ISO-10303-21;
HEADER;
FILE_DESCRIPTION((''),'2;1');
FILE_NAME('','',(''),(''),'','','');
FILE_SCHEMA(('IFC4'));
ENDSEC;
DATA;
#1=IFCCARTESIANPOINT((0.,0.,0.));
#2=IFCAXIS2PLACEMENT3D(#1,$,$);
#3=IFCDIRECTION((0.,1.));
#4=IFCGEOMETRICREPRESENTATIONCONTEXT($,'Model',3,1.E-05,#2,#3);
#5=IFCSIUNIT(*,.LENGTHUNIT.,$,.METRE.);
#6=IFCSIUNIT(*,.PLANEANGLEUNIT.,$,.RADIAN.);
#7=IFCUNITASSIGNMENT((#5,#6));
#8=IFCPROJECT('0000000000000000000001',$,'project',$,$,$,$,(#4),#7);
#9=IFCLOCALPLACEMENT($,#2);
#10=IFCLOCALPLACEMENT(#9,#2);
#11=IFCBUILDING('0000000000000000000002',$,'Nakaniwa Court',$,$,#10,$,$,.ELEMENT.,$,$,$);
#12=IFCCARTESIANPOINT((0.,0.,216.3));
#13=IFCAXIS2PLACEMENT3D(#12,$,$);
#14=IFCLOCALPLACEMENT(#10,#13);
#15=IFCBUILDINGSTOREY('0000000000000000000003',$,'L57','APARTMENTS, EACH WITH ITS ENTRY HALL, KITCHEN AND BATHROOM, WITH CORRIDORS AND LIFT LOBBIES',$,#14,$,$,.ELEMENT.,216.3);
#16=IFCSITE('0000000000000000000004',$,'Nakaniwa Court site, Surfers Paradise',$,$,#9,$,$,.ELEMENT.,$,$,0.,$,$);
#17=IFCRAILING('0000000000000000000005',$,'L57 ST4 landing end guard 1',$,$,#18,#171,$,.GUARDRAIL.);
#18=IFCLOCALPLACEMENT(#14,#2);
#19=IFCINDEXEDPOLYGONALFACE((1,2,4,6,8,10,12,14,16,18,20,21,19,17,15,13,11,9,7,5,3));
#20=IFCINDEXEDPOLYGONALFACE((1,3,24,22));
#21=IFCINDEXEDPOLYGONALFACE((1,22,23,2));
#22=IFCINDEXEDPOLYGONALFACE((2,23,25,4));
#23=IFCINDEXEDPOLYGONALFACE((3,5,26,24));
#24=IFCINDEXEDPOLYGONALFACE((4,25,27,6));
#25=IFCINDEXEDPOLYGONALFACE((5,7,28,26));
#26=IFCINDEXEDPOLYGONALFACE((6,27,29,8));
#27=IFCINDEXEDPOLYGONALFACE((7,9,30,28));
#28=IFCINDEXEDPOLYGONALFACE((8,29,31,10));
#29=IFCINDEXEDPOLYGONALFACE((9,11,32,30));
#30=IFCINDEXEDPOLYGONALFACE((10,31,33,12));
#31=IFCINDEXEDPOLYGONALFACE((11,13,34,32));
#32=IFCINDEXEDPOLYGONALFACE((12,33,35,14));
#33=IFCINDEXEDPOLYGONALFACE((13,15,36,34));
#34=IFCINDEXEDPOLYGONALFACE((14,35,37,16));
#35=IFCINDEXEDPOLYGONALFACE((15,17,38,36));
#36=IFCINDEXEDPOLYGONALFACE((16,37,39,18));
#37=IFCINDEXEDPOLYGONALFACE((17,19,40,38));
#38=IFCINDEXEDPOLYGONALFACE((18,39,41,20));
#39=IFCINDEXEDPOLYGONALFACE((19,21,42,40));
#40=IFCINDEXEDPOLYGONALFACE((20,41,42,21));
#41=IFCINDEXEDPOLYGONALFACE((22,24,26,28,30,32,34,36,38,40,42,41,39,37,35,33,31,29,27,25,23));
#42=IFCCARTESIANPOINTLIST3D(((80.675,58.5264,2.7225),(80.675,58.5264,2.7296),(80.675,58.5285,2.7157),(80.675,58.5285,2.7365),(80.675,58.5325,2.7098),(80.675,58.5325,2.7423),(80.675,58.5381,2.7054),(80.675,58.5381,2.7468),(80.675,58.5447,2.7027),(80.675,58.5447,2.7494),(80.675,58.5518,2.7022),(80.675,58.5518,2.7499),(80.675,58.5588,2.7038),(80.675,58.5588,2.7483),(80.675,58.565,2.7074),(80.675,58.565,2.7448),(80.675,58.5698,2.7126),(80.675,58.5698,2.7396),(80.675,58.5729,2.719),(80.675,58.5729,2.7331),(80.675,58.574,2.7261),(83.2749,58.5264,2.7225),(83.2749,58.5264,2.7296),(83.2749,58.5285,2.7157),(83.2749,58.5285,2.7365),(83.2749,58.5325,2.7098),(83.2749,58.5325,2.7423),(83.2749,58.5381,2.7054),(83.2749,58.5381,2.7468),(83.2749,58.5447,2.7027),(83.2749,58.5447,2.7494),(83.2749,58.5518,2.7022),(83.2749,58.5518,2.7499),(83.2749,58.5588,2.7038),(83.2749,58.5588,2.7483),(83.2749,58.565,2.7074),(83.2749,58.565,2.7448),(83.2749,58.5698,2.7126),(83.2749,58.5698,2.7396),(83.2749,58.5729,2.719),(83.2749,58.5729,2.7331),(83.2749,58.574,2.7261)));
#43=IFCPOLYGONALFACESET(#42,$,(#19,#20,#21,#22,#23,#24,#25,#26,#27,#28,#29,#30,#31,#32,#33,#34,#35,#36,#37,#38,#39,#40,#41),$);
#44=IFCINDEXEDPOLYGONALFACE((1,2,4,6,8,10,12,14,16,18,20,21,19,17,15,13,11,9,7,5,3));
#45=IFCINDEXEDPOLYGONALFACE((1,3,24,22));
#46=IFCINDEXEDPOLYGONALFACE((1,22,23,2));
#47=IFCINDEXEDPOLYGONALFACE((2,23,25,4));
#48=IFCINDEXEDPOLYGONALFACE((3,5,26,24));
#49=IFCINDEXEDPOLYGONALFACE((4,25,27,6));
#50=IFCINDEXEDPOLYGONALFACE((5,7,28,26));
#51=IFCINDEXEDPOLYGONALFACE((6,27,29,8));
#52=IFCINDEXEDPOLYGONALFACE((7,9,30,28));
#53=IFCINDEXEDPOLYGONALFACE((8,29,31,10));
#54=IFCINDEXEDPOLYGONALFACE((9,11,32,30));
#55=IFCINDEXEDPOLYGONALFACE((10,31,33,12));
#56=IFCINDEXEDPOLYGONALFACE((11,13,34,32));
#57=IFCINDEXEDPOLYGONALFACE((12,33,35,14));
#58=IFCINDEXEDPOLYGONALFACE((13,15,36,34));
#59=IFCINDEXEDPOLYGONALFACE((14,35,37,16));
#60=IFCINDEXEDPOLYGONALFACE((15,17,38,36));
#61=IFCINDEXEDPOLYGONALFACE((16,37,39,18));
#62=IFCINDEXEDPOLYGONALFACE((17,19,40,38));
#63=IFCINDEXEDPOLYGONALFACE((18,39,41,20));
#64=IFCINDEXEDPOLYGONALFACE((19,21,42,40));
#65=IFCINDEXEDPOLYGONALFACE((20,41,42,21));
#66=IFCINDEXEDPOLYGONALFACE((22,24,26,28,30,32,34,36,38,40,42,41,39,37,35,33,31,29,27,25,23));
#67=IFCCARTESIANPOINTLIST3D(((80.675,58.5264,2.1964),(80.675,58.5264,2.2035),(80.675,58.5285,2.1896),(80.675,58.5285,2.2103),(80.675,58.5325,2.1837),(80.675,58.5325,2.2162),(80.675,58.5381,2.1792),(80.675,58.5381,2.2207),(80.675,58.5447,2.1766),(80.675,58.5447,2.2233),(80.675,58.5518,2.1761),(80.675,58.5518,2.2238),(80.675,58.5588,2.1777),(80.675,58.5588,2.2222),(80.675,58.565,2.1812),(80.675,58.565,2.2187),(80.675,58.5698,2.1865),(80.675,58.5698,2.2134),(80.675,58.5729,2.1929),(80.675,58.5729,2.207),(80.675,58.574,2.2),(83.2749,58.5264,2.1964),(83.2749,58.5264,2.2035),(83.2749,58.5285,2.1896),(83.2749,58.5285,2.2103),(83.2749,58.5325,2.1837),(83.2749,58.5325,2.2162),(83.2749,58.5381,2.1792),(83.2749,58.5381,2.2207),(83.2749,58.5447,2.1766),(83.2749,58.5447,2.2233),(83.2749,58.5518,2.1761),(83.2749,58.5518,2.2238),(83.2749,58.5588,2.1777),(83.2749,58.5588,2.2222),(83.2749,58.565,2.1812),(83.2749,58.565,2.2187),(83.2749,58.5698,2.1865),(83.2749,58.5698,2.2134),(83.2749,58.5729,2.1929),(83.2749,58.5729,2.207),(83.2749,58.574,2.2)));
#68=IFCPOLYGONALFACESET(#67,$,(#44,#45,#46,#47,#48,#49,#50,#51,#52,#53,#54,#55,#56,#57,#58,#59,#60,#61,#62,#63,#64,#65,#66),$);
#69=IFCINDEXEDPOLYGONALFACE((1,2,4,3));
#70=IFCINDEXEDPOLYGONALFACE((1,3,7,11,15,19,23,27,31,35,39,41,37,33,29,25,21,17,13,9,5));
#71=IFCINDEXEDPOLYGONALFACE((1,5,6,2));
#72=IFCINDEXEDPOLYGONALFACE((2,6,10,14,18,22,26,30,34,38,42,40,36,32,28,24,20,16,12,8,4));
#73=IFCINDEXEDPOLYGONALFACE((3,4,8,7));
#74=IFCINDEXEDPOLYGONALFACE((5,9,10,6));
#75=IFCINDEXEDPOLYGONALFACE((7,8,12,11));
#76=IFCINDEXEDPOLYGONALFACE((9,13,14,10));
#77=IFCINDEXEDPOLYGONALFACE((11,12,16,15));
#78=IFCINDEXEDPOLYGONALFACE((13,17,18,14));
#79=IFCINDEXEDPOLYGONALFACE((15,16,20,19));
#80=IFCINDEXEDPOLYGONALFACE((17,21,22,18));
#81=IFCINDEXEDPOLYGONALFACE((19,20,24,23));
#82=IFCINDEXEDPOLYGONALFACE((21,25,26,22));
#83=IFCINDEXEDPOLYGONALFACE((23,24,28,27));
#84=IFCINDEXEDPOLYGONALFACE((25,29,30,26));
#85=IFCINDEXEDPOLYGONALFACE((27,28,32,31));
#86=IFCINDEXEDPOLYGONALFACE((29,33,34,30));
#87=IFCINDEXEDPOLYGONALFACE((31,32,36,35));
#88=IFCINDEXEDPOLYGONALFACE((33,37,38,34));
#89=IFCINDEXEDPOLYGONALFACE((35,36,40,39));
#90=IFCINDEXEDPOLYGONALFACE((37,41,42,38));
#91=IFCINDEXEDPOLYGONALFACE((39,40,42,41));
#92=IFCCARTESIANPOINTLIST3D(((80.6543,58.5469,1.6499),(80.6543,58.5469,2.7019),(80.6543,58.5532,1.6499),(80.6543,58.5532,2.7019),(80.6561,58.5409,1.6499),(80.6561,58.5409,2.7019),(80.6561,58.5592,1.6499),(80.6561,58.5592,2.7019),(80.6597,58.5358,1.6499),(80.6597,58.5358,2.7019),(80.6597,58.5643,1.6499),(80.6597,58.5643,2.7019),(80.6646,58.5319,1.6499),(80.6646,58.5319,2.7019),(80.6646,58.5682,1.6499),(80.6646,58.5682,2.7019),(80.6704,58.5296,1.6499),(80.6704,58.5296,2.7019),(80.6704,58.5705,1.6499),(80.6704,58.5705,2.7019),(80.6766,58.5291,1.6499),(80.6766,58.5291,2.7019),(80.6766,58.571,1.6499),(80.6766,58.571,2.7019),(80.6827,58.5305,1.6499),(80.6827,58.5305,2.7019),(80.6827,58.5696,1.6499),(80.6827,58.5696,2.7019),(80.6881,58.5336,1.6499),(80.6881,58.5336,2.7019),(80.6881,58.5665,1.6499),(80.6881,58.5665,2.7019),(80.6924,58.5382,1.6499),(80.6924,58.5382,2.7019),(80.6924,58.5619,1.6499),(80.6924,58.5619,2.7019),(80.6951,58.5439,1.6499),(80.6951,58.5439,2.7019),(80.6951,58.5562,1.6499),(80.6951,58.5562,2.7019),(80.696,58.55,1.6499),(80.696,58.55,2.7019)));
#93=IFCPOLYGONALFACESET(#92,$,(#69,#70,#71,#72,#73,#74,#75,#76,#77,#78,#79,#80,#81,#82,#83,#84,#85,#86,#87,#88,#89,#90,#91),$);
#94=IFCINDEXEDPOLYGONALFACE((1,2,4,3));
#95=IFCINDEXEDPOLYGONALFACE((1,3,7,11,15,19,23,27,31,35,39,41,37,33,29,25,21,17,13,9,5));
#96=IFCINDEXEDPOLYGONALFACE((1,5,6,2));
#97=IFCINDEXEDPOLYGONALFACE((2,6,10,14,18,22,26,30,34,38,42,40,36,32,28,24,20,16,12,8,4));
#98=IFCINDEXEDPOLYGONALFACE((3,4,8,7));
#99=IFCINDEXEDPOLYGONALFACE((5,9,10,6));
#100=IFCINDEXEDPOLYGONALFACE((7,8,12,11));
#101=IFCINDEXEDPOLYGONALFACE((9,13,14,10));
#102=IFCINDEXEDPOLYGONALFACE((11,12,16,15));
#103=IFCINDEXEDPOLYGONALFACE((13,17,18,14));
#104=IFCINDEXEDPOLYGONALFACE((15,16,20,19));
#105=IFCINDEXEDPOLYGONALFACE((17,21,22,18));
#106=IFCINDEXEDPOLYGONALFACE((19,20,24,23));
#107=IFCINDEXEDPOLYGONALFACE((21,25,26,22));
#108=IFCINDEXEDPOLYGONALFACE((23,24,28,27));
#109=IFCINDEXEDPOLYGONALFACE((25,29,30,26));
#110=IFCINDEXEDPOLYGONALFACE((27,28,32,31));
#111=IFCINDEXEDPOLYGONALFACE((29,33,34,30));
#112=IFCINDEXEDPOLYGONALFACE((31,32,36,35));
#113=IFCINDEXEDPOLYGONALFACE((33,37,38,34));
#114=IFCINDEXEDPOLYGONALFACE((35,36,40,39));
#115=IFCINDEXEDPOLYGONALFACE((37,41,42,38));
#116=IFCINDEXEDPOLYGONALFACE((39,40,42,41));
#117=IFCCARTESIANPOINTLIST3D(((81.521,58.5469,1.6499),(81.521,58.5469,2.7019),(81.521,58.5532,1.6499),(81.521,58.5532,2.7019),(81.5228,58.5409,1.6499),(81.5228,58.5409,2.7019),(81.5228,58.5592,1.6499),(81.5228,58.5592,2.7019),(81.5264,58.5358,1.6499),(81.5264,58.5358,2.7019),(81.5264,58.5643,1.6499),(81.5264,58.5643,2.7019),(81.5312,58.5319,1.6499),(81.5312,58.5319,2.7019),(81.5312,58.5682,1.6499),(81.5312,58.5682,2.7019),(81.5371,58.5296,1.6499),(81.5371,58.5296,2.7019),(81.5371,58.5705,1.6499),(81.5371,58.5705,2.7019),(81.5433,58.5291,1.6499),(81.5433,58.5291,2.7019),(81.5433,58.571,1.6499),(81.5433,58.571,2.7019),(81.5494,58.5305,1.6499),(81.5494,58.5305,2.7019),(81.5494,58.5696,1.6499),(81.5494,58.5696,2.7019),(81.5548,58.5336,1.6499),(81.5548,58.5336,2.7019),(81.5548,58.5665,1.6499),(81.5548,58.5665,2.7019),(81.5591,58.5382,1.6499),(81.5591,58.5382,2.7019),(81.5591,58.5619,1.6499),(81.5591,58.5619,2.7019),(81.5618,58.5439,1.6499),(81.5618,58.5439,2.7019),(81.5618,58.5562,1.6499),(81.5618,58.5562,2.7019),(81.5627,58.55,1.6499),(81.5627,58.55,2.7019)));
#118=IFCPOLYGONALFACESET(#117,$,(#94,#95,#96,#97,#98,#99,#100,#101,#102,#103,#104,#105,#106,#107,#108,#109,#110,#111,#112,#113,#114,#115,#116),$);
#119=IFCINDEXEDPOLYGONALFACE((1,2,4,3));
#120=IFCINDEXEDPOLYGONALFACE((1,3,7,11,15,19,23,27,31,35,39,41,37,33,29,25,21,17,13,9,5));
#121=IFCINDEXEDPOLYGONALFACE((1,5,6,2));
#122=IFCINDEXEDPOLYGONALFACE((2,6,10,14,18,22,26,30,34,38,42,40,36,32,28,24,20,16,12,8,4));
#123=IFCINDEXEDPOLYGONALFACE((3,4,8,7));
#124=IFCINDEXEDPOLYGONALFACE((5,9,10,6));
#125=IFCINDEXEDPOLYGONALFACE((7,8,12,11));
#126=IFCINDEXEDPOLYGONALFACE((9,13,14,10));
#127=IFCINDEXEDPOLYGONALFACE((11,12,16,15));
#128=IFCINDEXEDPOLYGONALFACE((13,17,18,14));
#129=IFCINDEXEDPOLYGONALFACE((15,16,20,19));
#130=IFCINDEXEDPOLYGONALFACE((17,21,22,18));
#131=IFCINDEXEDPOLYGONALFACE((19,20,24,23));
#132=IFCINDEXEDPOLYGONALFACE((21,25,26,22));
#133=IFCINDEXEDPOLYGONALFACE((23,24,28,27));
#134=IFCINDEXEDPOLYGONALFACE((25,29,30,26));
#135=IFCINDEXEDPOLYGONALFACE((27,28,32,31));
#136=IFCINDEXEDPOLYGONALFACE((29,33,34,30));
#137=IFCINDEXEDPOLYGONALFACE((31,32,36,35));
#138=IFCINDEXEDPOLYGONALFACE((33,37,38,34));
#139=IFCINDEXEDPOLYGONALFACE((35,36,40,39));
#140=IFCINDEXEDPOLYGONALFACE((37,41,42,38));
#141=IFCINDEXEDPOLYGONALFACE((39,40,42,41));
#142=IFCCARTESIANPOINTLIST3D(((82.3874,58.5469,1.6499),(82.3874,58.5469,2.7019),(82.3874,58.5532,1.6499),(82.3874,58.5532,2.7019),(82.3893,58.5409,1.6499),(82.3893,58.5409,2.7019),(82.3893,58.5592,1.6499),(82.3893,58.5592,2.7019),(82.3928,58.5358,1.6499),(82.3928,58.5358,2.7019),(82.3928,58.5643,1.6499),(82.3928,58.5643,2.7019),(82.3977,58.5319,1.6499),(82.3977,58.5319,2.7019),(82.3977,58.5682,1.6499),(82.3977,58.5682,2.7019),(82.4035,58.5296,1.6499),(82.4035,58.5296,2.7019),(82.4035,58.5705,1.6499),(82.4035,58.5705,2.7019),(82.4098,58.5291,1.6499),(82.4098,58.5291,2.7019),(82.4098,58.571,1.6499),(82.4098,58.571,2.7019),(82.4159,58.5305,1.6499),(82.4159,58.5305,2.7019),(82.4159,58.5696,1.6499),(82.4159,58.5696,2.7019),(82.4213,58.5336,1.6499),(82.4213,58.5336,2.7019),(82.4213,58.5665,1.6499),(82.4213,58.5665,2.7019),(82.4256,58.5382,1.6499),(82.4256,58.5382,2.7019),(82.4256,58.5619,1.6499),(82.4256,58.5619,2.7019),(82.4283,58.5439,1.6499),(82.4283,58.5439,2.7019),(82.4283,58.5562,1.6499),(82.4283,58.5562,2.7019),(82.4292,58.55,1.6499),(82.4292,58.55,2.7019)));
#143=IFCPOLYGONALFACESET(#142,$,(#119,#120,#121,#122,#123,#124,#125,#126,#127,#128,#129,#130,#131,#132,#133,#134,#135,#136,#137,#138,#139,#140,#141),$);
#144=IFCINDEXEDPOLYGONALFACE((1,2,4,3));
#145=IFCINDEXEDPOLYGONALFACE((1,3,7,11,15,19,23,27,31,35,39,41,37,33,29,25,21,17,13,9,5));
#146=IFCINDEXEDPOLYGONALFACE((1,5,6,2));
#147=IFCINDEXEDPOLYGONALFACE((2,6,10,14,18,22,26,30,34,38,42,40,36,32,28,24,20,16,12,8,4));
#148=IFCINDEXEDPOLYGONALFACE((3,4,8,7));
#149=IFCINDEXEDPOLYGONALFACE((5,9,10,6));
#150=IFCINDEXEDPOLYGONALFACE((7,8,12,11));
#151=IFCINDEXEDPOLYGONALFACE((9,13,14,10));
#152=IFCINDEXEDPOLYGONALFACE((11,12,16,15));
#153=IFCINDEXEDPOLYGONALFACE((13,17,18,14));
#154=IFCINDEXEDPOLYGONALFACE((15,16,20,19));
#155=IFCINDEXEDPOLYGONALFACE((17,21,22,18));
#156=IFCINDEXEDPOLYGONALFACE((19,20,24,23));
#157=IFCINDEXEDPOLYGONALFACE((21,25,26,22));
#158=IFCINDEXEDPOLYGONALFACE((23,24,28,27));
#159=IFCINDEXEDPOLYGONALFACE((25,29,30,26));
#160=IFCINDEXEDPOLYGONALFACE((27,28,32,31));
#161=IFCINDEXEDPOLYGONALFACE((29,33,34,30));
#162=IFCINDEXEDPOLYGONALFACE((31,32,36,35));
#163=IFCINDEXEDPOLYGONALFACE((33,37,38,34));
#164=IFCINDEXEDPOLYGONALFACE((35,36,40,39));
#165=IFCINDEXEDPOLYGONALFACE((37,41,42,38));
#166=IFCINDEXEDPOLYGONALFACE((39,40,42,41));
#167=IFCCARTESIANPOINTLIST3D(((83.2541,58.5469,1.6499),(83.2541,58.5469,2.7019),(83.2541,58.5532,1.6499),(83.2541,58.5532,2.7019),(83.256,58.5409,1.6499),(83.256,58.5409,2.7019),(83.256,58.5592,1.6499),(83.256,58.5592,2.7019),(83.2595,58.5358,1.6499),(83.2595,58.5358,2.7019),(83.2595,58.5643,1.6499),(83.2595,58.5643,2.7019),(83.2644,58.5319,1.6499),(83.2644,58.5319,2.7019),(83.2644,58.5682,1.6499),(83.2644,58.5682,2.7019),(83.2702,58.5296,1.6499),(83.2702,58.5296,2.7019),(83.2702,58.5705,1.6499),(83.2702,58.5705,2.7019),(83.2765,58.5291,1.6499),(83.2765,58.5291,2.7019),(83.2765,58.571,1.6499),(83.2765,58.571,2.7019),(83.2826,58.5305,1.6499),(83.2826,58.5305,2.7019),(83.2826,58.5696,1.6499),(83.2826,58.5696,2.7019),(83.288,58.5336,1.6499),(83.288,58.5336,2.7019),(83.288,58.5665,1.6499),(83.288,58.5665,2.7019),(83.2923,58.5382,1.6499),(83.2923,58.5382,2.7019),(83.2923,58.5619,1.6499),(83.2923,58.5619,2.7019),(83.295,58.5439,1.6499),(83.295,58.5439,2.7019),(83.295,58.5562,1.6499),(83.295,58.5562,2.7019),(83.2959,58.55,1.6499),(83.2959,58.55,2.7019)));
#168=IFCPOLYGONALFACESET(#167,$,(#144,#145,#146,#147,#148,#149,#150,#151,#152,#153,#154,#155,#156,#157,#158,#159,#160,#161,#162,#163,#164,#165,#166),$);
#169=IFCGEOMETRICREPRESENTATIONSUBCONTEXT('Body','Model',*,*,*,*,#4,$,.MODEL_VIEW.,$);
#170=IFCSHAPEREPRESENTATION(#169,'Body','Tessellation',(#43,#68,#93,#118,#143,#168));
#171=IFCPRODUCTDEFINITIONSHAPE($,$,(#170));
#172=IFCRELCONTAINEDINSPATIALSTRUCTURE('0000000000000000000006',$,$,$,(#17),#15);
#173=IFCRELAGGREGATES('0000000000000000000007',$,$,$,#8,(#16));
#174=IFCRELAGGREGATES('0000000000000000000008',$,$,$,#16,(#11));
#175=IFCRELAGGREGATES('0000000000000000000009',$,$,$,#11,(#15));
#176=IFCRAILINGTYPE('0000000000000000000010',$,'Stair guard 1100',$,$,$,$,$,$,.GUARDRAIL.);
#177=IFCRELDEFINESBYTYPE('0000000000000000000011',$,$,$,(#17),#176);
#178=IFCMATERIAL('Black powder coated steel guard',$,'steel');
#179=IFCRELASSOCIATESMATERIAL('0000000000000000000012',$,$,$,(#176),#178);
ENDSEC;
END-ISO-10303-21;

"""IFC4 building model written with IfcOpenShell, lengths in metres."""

from ifc_helpers import new_model, si_unit, direction, frame, origin, origin_2d, place, context, subcontext, project, spatial, circle, extrude, material, type_object, element, save


model = new_model("IFC4")

# Units and contexts
model_context = context("Model", 3, precision=1e-05, world=origin(), true_north=direction((0.0, 1.0)))
body_context = subcontext(model_context, "Body", "Model", "MODEL_VIEW")
ifc_project = project(units=[si_unit("LENGTHUNIT", "METRE"), si_unit("PLANEANGLEUNIT", "RADIAN")], contexts=[model_context])

# Site, building, storey
site_placement = place(None, origin())
site = spatial("IfcSite", under=ifc_project, at=site_placement, Name="Nakaniwa Court site, Surfers Paradise", CompositionType="ELEMENT", RefElevation=0.0)
building_placement = place(site_placement, origin())
building = spatial("IfcBuilding", under=site, at=building_placement, Name="Nakaniwa Court", CompositionType="ELEMENT")
storey_placement = place(building_placement, frame((0.0, 0.0, 216.3)))
storey = spatial("IfcBuildingStorey", under=building, at=storey_placement, Name="L57", Description="APARTMENTS, EACH WITH ITS ENTRY HALL, KITCHEN AND BATHROOM, WITH CORRIDORS AND LIFT LOBBIES", CompositionType="ELEMENT", Elevation=216.3)

# Railing
ifc_material_1 = material(Name="Black powder coated steel guard", Category="steel")
railing_type_1 = type_object("IfcRailingType", Name="Stair guard 1100", PredefinedType="GUARDRAIL", material=ifc_material_1)
railing_1_placement = place(storey_placement, frame((80.675, 58.55, 1.6499)))
element("IfcRailing", 1, at=railing_1_placement, inside=storey, type_object=railing_type_1, Name="L57 ST4 landing end guard 1", PredefinedType="GUARDRAIL", context=body_context, shape_type="SweptSolid", body=[
    extrude(circle(Radius=0.0239, at=origin_2d()), frame((0.0, 0.0, 1.0762), z_axis=(1.0, 0.0, 0.0), x_axis=(0.0, 1.0, 0.0)), (0.0, 0.0, 1.0), 2.5999),
    extrude(circle(Radius=0.0239, at=origin_2d()), frame((0.0, 0.0, 0.55), z_axis=(1.0, 0.0, 0.0), x_axis=(0.0, 1.0, 0.0)), (0.0, 0.0, 1.0), 2.5999),
    extrude(circle(Radius=0.021, at=origin_2d()), origin(), (0.0, 0.0, 1.0), 1.052),
    extrude(circle(Radius=0.021, at=origin_2d()), frame((0.8667, 0.0, 0.0)), (0.0, 0.0, 1.0), 1.052),
    extrude(circle(Radius=0.021, at=origin_2d()), frame((1.7332, 0.0, 0.0)), (0.0, 0.0, 1.0), 1.052),
    extrude(circle(Radius=0.021, at=origin_2d()), frame((2.5999, 0.0, 0.0)), (0.0, 0.0, 1.0), 1.052),
])

save(model, "model.ifc")
